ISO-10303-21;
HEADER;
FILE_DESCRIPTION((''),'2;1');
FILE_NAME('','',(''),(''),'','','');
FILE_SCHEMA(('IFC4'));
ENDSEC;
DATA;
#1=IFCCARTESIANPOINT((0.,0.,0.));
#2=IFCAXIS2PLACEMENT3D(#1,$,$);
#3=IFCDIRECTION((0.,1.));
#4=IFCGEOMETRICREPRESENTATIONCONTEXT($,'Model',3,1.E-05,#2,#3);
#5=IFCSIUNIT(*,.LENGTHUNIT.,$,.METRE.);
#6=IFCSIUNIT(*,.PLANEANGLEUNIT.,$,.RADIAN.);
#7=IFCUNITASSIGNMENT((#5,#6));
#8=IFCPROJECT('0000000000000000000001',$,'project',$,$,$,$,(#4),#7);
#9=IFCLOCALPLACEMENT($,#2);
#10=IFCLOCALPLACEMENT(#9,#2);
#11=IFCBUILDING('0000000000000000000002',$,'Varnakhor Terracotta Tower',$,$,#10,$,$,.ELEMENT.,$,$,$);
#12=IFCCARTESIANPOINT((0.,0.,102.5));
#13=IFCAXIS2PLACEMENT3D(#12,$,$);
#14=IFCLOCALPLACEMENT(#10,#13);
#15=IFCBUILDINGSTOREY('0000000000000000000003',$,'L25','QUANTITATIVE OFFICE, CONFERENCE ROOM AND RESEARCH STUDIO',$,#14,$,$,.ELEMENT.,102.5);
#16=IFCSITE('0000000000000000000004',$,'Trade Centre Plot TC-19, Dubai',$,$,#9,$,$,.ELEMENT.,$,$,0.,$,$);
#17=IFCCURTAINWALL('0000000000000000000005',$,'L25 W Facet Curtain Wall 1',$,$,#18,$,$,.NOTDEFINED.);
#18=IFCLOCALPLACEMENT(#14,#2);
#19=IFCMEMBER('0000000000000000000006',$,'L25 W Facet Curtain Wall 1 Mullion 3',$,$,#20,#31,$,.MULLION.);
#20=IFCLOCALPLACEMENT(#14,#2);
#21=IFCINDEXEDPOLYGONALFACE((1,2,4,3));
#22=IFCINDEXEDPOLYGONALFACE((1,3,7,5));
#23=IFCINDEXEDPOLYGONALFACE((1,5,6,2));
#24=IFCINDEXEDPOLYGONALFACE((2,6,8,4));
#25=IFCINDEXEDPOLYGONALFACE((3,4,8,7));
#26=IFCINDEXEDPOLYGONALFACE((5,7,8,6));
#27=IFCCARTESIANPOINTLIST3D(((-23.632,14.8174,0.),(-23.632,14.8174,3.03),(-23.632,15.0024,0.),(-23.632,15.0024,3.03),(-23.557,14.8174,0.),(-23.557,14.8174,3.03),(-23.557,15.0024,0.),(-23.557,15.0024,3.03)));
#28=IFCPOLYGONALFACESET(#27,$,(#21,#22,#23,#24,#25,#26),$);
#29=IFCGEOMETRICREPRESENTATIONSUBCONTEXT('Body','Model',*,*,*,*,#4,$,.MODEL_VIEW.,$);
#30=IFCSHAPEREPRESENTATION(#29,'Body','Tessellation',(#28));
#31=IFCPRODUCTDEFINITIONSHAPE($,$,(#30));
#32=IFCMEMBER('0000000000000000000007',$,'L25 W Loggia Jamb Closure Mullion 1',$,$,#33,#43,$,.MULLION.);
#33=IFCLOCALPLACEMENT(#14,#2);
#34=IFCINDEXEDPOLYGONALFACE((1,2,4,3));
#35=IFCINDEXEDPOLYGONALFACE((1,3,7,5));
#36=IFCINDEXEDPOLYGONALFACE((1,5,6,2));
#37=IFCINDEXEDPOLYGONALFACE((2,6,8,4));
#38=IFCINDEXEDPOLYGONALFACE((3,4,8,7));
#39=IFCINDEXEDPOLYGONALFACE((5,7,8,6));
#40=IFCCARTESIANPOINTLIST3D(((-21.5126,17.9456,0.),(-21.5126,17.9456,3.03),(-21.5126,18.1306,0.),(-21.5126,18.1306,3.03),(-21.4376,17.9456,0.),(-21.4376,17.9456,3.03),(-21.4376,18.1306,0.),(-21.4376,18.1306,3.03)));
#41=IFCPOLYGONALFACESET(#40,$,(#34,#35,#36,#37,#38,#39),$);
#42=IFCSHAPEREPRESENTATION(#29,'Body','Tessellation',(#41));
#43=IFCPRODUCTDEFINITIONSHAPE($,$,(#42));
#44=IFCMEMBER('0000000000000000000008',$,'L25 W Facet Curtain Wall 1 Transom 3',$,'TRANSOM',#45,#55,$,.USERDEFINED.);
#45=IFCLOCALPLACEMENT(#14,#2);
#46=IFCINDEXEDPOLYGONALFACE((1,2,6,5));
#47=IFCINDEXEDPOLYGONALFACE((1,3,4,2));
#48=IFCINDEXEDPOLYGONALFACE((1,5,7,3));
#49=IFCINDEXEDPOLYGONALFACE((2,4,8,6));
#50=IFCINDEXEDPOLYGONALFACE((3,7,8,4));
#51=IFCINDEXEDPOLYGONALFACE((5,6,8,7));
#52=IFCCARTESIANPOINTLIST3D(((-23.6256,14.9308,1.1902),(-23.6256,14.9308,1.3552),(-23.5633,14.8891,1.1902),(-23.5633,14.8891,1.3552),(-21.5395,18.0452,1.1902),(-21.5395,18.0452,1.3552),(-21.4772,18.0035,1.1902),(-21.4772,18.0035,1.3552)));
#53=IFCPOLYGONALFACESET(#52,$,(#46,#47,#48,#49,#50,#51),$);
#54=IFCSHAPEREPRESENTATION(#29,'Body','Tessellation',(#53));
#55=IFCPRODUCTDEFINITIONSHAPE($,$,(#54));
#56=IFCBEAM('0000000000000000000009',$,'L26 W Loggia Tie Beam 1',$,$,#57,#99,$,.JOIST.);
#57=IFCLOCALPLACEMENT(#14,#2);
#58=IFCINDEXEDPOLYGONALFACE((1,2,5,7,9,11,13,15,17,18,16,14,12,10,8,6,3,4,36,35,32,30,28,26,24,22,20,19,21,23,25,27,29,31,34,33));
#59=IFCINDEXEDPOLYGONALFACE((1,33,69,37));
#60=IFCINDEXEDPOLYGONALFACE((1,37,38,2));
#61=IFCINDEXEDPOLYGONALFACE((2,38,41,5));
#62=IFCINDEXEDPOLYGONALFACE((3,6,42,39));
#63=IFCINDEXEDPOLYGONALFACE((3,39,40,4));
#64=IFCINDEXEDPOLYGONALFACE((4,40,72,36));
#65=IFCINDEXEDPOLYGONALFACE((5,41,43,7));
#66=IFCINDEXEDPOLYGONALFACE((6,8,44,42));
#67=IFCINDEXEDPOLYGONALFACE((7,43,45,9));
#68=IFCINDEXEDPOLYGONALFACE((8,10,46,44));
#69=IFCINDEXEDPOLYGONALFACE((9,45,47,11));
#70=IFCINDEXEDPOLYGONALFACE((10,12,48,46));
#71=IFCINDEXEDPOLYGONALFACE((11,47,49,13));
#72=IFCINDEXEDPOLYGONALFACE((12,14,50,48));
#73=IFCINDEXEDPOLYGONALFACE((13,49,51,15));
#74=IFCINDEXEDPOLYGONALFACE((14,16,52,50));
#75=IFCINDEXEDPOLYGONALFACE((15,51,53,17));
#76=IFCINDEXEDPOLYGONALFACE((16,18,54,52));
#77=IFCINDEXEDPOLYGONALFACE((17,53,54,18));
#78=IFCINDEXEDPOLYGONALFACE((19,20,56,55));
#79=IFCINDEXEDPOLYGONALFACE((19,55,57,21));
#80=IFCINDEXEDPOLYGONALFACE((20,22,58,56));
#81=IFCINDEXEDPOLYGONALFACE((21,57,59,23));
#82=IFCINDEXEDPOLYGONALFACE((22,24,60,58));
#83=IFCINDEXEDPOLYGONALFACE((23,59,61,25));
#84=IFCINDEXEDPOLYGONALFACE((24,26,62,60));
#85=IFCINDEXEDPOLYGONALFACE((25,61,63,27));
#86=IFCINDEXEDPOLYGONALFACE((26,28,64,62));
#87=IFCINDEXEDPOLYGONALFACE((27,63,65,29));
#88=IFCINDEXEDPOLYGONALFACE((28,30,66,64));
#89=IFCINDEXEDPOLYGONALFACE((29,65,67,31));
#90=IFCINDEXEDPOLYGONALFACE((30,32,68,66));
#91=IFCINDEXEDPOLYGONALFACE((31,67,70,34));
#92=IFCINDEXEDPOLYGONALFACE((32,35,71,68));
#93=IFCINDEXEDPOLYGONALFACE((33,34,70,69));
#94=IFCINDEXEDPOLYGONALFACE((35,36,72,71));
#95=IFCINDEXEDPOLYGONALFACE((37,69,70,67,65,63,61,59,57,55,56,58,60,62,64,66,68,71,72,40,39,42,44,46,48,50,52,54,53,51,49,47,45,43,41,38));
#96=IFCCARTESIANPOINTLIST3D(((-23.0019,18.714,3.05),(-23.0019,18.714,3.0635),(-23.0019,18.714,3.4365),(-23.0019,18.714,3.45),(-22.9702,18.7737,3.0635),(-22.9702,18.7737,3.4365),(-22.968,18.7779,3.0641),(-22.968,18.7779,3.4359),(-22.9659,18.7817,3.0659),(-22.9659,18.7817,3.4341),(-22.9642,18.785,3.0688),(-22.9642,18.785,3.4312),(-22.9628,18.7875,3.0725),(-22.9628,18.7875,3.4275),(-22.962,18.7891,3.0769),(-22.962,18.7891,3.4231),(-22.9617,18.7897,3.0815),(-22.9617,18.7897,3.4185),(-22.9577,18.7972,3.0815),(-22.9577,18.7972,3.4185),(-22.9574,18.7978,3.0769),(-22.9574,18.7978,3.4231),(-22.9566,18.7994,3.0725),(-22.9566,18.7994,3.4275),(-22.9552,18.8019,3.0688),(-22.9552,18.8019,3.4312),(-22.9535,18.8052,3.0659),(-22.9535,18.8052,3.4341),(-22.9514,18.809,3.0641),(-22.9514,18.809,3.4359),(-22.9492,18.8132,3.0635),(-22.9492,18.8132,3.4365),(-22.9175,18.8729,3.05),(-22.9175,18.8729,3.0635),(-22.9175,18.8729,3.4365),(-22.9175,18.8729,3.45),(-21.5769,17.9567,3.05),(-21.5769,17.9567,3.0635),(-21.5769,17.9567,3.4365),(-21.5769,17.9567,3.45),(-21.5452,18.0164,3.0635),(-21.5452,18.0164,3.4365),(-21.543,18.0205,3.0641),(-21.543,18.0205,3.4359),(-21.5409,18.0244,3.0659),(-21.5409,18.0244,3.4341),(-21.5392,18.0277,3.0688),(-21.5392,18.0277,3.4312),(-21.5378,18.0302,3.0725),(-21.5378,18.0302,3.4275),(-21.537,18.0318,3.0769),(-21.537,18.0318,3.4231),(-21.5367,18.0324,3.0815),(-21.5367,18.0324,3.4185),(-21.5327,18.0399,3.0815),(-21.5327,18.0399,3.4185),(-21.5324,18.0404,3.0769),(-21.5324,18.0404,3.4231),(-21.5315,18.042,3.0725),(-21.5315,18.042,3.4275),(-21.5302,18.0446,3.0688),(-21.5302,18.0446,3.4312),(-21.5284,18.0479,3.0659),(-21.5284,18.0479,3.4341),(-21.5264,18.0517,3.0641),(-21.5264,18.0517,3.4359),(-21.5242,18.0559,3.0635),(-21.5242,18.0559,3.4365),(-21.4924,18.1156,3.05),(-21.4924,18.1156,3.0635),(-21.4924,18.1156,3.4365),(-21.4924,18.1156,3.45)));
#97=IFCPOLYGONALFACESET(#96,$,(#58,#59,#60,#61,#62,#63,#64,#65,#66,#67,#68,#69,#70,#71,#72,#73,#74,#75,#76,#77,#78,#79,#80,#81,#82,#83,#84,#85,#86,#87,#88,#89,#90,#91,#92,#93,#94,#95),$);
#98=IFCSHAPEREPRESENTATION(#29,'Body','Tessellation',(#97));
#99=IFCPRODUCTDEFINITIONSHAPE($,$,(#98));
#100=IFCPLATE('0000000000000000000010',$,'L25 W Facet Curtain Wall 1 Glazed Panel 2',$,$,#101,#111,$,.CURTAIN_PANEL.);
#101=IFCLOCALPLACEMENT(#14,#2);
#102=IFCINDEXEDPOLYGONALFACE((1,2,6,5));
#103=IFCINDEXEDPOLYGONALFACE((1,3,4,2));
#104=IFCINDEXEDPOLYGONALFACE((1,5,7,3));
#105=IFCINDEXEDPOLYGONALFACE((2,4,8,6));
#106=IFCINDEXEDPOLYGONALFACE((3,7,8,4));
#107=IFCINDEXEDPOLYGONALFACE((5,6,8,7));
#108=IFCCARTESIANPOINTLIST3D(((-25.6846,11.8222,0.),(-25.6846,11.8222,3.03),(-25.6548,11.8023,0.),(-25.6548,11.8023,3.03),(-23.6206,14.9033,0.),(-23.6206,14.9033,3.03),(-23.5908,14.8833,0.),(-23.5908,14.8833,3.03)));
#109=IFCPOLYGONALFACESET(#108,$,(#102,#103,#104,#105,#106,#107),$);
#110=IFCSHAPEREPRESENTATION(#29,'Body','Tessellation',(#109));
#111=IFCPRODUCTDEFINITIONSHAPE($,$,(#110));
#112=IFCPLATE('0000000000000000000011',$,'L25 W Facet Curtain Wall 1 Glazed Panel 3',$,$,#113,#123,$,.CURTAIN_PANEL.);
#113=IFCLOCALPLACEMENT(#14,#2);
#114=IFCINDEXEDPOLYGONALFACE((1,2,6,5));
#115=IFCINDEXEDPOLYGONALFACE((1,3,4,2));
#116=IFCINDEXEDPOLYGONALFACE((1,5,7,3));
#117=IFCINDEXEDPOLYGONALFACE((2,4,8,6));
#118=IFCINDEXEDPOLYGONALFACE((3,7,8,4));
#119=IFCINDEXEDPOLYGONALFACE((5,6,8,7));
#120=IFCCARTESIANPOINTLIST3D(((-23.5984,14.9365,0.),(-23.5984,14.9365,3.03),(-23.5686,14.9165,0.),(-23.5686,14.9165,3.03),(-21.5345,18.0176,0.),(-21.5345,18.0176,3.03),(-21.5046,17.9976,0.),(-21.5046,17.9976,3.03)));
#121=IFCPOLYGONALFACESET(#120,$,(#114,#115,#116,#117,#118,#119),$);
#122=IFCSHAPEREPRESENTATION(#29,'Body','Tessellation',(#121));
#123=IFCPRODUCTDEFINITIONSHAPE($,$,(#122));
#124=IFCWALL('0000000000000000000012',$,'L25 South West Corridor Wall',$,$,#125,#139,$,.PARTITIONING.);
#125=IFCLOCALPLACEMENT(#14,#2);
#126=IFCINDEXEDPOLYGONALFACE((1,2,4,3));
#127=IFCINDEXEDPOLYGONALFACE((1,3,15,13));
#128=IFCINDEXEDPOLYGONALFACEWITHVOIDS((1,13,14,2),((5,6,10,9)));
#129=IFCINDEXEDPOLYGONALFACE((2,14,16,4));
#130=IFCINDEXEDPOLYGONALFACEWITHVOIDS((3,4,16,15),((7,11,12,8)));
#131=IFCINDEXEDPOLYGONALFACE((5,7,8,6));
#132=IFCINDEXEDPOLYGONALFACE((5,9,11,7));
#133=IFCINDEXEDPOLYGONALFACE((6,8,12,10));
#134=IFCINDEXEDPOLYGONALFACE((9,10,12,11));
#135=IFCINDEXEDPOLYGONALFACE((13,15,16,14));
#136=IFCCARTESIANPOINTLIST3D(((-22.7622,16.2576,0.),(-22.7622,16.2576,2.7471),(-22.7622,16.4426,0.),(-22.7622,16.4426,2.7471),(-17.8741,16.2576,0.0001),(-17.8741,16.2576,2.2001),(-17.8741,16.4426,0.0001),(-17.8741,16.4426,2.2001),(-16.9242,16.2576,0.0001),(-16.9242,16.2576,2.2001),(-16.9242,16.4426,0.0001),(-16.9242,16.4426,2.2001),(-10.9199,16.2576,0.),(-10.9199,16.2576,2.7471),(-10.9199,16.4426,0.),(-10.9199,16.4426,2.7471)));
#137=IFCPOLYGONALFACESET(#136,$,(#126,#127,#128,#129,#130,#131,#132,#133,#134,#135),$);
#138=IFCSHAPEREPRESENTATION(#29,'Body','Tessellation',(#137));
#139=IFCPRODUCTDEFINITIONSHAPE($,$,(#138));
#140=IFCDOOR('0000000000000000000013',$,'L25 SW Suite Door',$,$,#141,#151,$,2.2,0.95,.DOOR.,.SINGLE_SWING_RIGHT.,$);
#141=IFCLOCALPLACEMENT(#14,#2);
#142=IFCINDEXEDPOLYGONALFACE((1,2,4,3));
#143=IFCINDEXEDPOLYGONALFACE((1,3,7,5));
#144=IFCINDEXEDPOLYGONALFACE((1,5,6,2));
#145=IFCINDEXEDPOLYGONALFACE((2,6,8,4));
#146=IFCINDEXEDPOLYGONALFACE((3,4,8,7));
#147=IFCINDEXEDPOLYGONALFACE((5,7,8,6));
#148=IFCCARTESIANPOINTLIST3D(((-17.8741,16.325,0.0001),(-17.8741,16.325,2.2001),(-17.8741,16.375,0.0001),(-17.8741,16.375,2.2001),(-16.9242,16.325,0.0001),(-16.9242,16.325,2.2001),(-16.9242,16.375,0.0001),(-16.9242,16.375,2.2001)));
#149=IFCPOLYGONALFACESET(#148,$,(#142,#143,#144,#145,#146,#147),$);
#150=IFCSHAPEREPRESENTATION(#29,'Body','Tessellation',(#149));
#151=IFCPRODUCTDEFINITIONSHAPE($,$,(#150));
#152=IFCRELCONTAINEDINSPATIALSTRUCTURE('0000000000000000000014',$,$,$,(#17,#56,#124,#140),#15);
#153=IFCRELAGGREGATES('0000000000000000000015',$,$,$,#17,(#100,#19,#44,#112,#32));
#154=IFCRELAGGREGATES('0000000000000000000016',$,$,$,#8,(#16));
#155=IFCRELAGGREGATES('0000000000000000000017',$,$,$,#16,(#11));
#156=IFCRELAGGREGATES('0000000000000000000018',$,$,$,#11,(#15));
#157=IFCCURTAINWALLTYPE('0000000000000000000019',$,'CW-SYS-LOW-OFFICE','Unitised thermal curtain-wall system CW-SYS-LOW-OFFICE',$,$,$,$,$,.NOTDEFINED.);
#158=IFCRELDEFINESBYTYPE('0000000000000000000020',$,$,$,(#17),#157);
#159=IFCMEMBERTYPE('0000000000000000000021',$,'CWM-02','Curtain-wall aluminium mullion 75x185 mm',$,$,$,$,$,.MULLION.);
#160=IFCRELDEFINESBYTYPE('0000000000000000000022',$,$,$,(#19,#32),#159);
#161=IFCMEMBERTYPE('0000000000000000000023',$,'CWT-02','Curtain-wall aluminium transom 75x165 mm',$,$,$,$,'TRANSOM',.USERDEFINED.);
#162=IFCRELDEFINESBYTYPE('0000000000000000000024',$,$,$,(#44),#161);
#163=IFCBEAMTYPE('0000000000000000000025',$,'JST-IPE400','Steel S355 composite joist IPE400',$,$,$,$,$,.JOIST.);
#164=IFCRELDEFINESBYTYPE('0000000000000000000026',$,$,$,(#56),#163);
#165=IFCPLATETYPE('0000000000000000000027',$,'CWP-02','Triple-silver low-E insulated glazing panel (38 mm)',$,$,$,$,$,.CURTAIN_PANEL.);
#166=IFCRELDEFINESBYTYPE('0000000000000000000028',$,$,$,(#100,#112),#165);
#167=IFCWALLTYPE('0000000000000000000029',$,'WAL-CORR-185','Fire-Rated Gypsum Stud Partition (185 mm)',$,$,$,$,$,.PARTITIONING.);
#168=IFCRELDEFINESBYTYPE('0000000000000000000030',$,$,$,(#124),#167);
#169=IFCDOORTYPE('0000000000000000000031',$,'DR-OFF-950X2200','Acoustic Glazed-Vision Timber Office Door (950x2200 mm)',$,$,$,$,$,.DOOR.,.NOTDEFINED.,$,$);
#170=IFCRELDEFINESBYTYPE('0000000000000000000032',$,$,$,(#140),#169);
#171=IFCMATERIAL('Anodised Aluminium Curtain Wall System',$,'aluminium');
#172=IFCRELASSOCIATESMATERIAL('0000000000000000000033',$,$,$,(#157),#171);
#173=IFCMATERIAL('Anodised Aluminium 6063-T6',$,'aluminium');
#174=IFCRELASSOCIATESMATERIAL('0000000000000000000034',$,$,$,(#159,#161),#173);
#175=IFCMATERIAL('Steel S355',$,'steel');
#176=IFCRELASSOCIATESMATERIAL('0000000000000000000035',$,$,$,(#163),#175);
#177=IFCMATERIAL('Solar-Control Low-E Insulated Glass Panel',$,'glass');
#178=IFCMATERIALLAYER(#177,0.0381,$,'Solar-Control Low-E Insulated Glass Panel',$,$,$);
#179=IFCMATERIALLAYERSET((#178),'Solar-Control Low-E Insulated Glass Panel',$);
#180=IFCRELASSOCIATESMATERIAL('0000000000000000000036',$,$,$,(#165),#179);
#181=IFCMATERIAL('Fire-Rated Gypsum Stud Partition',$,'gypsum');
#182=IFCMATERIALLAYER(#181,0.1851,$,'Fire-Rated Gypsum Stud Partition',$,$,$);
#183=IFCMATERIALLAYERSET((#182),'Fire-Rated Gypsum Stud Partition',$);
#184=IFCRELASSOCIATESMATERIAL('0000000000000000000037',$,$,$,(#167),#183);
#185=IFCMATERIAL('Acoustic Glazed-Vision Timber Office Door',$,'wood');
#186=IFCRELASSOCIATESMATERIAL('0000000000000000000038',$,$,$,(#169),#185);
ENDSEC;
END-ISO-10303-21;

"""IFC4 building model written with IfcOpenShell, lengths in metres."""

from ifc_helpers import new_model, si_unit, direction, frame, frame_2d, origin, origin_2d, place, context, subcontext, project, spatial, rectangle, i_section, extrude, source, transform, mapped, material, layer, layer_set, material_profile, profile_set, type_object, type_shapes, element, fill, aggregate, save


model = new_model("IFC4")

# Units and contexts
model_context = context("Model", 3, precision=1e-05, world=origin(), true_north=direction((0.0, 1.0)))
body_context = subcontext(model_context, "Body", "Model", "MODEL_VIEW")
ifc_project = project(units=[si_unit("LENGTHUNIT", "METRE"), si_unit("PLANEANGLEUNIT", "RADIAN")], contexts=[model_context])

# Site, building, storey
site_placement = place(None, origin())
site = spatial("IfcSite", under=ifc_project, at=site_placement, Name="Trade Centre Plot TC-19, Dubai", CompositionType="ELEMENT", RefElevation=0.0)
building_placement = place(site_placement, origin())
building = spatial("IfcBuilding", under=site, at=building_placement, Name="Varnakhor Terracotta Tower", CompositionType="ELEMENT")
storey_placement = place(building_placement, frame((0.0, 0.0, 102.5)))
storey = spatial("IfcBuildingStorey", under=building, at=storey_placement, Name="L25", Description="QUANTITATIVE OFFICE, CONFERENCE ROOM AND RESEARCH STUDIO", CompositionType="ELEMENT", Elevation=102.5)

# Shared definitions
ifc_material_1 = material(Name="Steel S355", Category="steel")

# Curtain wall, members
ifc_material_2 = material(Name="Anodised Aluminium Curtain Wall System", Category="aluminium")
curtain_wall_type = type_object("IfcCurtainWallType", Name="CW-SYS-LOW-OFFICE", Description="Unitised thermal curtain-wall system CW-SYS-LOW-OFFICE", PredefinedType="NOTDEFINED", material=ifc_material_2)
curtain_wall_placement = place(storey_placement, origin())
curtain_wall = element("IfcCurtainWall", 1, at=curtain_wall_placement, inside=storey, type_object=curtain_wall_type, Name="L25 W Facet Curtain Wall 1", PredefinedType="NOTDEFINED")
ifc_material_3 = material(Name="Anodised Aluminium 6063-T6", Category="aluminium")
ifc_material_profile_1 = material_profile(ifc_material_3, rectangle(XDim=0.075, YDim=0.1851, at=origin_2d()), Name="ALU MULLION 75x185")
ifc_profile_set_1 = profile_set([ifc_material_profile_1], Name="Anodised Aluminium 6063-T6")
member_type_1 = type_object("IfcMemberType", Name="CWM-02", Description="Curtain-wall aluminium mullion 75x185 mm", PredefinedType="MULLION", material=ifc_profile_set_1)
shared_shape_1 = source(origin(), body_context, "Body", "SweptSolid", [
    extrude(rectangle(XDim=0.075, YDim=0.1851, at=origin_2d()), origin(), (0.0, 0.0, 1.0), 3.03),
])
type_shapes(member_type_1, [shared_shape_1])
member_1_placement = place(storey_placement, frame((-23.5945, 14.9099, 0.0), z_axis=(0.0, 0.0, 1.0), x_axis=(1.0, 0.0, 0.0)))
member_1 = element("IfcMember", 2, at=member_1_placement, type_object=member_type_1, Name="L25 W Facet Curtain Wall 1 Mullion 3", PredefinedType="MULLION", context=body_context, shape_type="MappedRepresentation", body=[
    mapped(shared_shape_1, transform((0.0, 0.0, 0.0), scale=1.0)),
])
member_2_placement = place(storey_placement, frame((-21.4751, 18.0381, 0.0), z_axis=(0.0, 0.0, 1.0), x_axis=(1.0, 0.0, 0.0)))
member_2 = element("IfcMember", 3, at=member_2_placement, type_object=member_type_1, Name="L25 W Loggia Jamb Closure Mullion 1", PredefinedType="MULLION", context=body_context, shape_type="MappedRepresentation", body=[
    mapped(shared_shape_1, transform((0.0, 0.0, 0.0), scale=1.0)),
])
ifc_material_profile_2 = material_profile(ifc_material_3, rectangle(XDim=0.075, YDim=0.165, at=origin_2d()), Name="ALU TRANSOM 75x165")
ifc_profile_set_2 = profile_set([ifc_material_profile_2], Name="Anodised Aluminium 6063-T6")
member_type_2 = type_object("IfcMemberType", Name="CWT-02", Description="Curtain-wall aluminium transom 75x165 mm", ElementType="TRANSOM", PredefinedType="USERDEFINED", material=ifc_profile_set_2)
shared_shape_2 = source(origin(), body_context, "Body", "SweptSolid", [
    extrude(rectangle(XDim=0.075, YDim=0.165, at=origin_2d()), origin(), (0.0, 0.0, 1.0), 3.7485),
])
member_3_placement = place(storey_placement, frame((-23.5945, 14.9099, 1.2727), z_axis=(0.556517, 0.830836, 0.0), x_axis=(-0.830836, 0.556517, 0.0)))
member_3 = element("IfcMember", 4, at=member_3_placement, type_object=member_type_2, Name="L25 W Facet Curtain Wall 1 Transom 3", ObjectType="TRANSOM", PredefinedType="USERDEFINED", context=body_context, shape_type="MappedRepresentation", body=[
    mapped(shared_shape_2, transform((0.0, 0.0, 0.0), scale=1.0)),
])

# Beam
ifc_material_profile_3 = material_profile(ifc_material_1, i_section(OverallWidth=0.1799, OverallDepth=0.3999, WebThickness=0.0085, FlangeThickness=0.0134, FilletRadius=0.0181, at=origin_2d()), Name="IPE400")
ifc_profile_set_3 = profile_set([ifc_material_profile_3], Name="Steel S355")
beam_type_1 = type_object("IfcBeamType", Name="JST-IPE400", Description="Steel S355 composite joist IPE400", PredefinedType="JOIST", material=ifc_profile_set_3)
shared_shape_3 = source(origin(), body_context, "Body", "SweptSolid", [
    extrude(i_section(OverallWidth=0.1799, OverallDepth=0.3999, WebThickness=0.0085, FlangeThickness=0.0134, FilletRadius=0.0181, at=origin_2d()), origin(), (0.0, 0.0, 1.0), 1.6138),
])
beam_1_placement = place(storey_placement, frame((-21.5347, 18.0361, 3.25), z_axis=(-0.883047, 0.469284, 0.0), x_axis=(-0.469284, -0.883047, 0.0)))
element("IfcBeam", 5, at=beam_1_placement, inside=storey, type_object=beam_type_1, Name="L26 W Loggia Tie Beam 1", PredefinedType="JOIST", context=body_context, shape_type="MappedRepresentation", body=[
    mapped(shared_shape_3, transform((0.0, 0.0, 0.0), scale=1.0)),
])

# Plates
ifc_material_4 = material(Name="Solar-Control Low-E Insulated Glass Panel", Category="glass")
ifc_layer_1 = layer(ifc_material_4, 0.0381, Name="Solar-Control Low-E Insulated Glass Panel")
ifc_layer_set_1 = layer_set([ifc_layer_1], Name="Solar-Control Low-E Insulated Glass Panel")
plate_type = type_object("IfcPlateType", Name="CWP-02", Description="Triple-silver low-E insulated glazing panel (38 mm)", PredefinedType="CURTAIN_PANEL", material=ifc_layer_set_1)
shared_shape_4 = source(origin(), body_context, "Body", "SweptSolid", [
    extrude(rectangle(XDim=3.7085, YDim=0.0359, at=origin_2d()), origin(), (0.0, 0.0, 1.0), 3.03),
])
plate_1_placement = place(storey_placement, frame((-24.6377, 13.3528, 0.0), z_axis=(0.0, 0.0, 1.0), x_axis=(0.556542, 0.830819, 0.0)))
plate_1 = element("IfcPlate", 6, at=plate_1_placement, type_object=plate_type, Name="L25 W Facet Curtain Wall 1 Glazed Panel 2", PredefinedType="CURTAIN_PANEL", context=body_context, shape_type="MappedRepresentation", body=[
    mapped(shared_shape_4, transform((0.0, 0.0, 0.0), scale=1.0)),
])
plate_2_placement = place(storey_placement, frame((-22.5515, 16.467, 0.0), z_axis=(0.0, 0.0, 1.0), x_axis=(0.556542, 0.830819, 0.0)))
plate_2 = element("IfcPlate", 7, at=plate_2_placement, type_object=plate_type, Name="L25 W Facet Curtain Wall 1 Glazed Panel 3", PredefinedType="CURTAIN_PANEL", context=body_context, shape_type="MappedRepresentation", body=[
    mapped(shared_shape_4, transform((0.0, 0.0, 0.0), scale=1.0)),
])
aggregate(curtain_wall, [plate_1, member_1, member_3, plate_2, member_2])

# Wall, opening, door
ifc_material_5 = material(Name="Fire-Rated Gypsum Stud Partition", Category="gypsum")
ifc_layer_2 = layer(ifc_material_5, 0.1851, Name="Fire-Rated Gypsum Stud Partition")
ifc_layer_set_2 = layer_set([ifc_layer_2], Name="Fire-Rated Gypsum Stud Partition")
wall_type_1 = type_object("IfcWallType", Name="WAL-CORR-185", Description="Fire-Rated Gypsum Stud Partition (185 mm)", PredefinedType="PARTITIONING", material=ifc_layer_set_2)
wall_1_placement = place(storey_placement, frame((-22.7622, 16.3501, 0.0), z_axis=(0.0, 0.0, 1.0), x_axis=(1.0, 0.0, 0.0)))
wall_1 = element("IfcWall", 8, at=wall_1_placement, inside=storey, type_object=wall_type_1, Name="L25 South West Corridor Wall", PredefinedType="PARTITIONING", context=body_context, shape_type="SweptSolid", body=[
    extrude(rectangle(XDim=11.8423, YDim=0.1851, at=frame_2d((5.9211, 0.0))), origin(), (0.0, 0.0, 1.0), 2.7471),
])
opening_1_placement = place(wall_1_placement, frame((4.8879, 0.0, 0.0)))
opening_1 = element("IfcOpeningElement", 9, at=opening_1_placement, cuts=wall_1, PredefinedType="OPENING", context=body_context, shape_type="SweptSolid", body=[
    extrude(rectangle(XDim=0.95, YDim=2.2, at=frame_2d((0.4751, 1.1001))), frame((0.0, 0.1025, 0.0), z_axis=(0.0, -1.0, 0.0), x_axis=(1.0, 0.0, 0.0)), (0.0, 0.0, 1.0), 0.2051),
])
ifc_material_6 = material(Name="Acoustic Glazed-Vision Timber Office Door", Category="wood")
door_type_1 = type_object("IfcDoorType", Name="DR-OFF-950X2200", Description="Acoustic Glazed-Vision Timber Office Door (950x2200 mm)", OperationType="NOTDEFINED", PredefinedType="DOOR", material=ifc_material_6)
shared_shape_5 = source(origin(), body_context, "Body", "SweptSolid", [
    extrude(rectangle(XDim=0.95, YDim=2.2, at=frame_2d((0.4751, 1.1001))), frame((0.0, 0.0249, 0.0), z_axis=(0.0, -1.0, 0.0), x_axis=(1.0, 0.0, 0.0)), (0.0, 0.0, 1.0), 0.05),
])
type_shapes(door_type_1, [shared_shape_5])
door_1_placement = place(opening_1_placement, origin())
door_1 = element("IfcDoor", 10, at=door_1_placement, inside=storey, type_object=door_type_1, Name="L25 SW Suite Door", OperationType="SINGLE_SWING_RIGHT", OverallHeight=2.2, OverallWidth=0.95, PredefinedType="DOOR", context=body_context, shape_type="MappedRepresentation", body=[
    mapped(shared_shape_5, transform((0.0, 0.0, 0.0), scale=1.0)),
])
fill(opening_1, door_1)

save(model, "model.ifc")
